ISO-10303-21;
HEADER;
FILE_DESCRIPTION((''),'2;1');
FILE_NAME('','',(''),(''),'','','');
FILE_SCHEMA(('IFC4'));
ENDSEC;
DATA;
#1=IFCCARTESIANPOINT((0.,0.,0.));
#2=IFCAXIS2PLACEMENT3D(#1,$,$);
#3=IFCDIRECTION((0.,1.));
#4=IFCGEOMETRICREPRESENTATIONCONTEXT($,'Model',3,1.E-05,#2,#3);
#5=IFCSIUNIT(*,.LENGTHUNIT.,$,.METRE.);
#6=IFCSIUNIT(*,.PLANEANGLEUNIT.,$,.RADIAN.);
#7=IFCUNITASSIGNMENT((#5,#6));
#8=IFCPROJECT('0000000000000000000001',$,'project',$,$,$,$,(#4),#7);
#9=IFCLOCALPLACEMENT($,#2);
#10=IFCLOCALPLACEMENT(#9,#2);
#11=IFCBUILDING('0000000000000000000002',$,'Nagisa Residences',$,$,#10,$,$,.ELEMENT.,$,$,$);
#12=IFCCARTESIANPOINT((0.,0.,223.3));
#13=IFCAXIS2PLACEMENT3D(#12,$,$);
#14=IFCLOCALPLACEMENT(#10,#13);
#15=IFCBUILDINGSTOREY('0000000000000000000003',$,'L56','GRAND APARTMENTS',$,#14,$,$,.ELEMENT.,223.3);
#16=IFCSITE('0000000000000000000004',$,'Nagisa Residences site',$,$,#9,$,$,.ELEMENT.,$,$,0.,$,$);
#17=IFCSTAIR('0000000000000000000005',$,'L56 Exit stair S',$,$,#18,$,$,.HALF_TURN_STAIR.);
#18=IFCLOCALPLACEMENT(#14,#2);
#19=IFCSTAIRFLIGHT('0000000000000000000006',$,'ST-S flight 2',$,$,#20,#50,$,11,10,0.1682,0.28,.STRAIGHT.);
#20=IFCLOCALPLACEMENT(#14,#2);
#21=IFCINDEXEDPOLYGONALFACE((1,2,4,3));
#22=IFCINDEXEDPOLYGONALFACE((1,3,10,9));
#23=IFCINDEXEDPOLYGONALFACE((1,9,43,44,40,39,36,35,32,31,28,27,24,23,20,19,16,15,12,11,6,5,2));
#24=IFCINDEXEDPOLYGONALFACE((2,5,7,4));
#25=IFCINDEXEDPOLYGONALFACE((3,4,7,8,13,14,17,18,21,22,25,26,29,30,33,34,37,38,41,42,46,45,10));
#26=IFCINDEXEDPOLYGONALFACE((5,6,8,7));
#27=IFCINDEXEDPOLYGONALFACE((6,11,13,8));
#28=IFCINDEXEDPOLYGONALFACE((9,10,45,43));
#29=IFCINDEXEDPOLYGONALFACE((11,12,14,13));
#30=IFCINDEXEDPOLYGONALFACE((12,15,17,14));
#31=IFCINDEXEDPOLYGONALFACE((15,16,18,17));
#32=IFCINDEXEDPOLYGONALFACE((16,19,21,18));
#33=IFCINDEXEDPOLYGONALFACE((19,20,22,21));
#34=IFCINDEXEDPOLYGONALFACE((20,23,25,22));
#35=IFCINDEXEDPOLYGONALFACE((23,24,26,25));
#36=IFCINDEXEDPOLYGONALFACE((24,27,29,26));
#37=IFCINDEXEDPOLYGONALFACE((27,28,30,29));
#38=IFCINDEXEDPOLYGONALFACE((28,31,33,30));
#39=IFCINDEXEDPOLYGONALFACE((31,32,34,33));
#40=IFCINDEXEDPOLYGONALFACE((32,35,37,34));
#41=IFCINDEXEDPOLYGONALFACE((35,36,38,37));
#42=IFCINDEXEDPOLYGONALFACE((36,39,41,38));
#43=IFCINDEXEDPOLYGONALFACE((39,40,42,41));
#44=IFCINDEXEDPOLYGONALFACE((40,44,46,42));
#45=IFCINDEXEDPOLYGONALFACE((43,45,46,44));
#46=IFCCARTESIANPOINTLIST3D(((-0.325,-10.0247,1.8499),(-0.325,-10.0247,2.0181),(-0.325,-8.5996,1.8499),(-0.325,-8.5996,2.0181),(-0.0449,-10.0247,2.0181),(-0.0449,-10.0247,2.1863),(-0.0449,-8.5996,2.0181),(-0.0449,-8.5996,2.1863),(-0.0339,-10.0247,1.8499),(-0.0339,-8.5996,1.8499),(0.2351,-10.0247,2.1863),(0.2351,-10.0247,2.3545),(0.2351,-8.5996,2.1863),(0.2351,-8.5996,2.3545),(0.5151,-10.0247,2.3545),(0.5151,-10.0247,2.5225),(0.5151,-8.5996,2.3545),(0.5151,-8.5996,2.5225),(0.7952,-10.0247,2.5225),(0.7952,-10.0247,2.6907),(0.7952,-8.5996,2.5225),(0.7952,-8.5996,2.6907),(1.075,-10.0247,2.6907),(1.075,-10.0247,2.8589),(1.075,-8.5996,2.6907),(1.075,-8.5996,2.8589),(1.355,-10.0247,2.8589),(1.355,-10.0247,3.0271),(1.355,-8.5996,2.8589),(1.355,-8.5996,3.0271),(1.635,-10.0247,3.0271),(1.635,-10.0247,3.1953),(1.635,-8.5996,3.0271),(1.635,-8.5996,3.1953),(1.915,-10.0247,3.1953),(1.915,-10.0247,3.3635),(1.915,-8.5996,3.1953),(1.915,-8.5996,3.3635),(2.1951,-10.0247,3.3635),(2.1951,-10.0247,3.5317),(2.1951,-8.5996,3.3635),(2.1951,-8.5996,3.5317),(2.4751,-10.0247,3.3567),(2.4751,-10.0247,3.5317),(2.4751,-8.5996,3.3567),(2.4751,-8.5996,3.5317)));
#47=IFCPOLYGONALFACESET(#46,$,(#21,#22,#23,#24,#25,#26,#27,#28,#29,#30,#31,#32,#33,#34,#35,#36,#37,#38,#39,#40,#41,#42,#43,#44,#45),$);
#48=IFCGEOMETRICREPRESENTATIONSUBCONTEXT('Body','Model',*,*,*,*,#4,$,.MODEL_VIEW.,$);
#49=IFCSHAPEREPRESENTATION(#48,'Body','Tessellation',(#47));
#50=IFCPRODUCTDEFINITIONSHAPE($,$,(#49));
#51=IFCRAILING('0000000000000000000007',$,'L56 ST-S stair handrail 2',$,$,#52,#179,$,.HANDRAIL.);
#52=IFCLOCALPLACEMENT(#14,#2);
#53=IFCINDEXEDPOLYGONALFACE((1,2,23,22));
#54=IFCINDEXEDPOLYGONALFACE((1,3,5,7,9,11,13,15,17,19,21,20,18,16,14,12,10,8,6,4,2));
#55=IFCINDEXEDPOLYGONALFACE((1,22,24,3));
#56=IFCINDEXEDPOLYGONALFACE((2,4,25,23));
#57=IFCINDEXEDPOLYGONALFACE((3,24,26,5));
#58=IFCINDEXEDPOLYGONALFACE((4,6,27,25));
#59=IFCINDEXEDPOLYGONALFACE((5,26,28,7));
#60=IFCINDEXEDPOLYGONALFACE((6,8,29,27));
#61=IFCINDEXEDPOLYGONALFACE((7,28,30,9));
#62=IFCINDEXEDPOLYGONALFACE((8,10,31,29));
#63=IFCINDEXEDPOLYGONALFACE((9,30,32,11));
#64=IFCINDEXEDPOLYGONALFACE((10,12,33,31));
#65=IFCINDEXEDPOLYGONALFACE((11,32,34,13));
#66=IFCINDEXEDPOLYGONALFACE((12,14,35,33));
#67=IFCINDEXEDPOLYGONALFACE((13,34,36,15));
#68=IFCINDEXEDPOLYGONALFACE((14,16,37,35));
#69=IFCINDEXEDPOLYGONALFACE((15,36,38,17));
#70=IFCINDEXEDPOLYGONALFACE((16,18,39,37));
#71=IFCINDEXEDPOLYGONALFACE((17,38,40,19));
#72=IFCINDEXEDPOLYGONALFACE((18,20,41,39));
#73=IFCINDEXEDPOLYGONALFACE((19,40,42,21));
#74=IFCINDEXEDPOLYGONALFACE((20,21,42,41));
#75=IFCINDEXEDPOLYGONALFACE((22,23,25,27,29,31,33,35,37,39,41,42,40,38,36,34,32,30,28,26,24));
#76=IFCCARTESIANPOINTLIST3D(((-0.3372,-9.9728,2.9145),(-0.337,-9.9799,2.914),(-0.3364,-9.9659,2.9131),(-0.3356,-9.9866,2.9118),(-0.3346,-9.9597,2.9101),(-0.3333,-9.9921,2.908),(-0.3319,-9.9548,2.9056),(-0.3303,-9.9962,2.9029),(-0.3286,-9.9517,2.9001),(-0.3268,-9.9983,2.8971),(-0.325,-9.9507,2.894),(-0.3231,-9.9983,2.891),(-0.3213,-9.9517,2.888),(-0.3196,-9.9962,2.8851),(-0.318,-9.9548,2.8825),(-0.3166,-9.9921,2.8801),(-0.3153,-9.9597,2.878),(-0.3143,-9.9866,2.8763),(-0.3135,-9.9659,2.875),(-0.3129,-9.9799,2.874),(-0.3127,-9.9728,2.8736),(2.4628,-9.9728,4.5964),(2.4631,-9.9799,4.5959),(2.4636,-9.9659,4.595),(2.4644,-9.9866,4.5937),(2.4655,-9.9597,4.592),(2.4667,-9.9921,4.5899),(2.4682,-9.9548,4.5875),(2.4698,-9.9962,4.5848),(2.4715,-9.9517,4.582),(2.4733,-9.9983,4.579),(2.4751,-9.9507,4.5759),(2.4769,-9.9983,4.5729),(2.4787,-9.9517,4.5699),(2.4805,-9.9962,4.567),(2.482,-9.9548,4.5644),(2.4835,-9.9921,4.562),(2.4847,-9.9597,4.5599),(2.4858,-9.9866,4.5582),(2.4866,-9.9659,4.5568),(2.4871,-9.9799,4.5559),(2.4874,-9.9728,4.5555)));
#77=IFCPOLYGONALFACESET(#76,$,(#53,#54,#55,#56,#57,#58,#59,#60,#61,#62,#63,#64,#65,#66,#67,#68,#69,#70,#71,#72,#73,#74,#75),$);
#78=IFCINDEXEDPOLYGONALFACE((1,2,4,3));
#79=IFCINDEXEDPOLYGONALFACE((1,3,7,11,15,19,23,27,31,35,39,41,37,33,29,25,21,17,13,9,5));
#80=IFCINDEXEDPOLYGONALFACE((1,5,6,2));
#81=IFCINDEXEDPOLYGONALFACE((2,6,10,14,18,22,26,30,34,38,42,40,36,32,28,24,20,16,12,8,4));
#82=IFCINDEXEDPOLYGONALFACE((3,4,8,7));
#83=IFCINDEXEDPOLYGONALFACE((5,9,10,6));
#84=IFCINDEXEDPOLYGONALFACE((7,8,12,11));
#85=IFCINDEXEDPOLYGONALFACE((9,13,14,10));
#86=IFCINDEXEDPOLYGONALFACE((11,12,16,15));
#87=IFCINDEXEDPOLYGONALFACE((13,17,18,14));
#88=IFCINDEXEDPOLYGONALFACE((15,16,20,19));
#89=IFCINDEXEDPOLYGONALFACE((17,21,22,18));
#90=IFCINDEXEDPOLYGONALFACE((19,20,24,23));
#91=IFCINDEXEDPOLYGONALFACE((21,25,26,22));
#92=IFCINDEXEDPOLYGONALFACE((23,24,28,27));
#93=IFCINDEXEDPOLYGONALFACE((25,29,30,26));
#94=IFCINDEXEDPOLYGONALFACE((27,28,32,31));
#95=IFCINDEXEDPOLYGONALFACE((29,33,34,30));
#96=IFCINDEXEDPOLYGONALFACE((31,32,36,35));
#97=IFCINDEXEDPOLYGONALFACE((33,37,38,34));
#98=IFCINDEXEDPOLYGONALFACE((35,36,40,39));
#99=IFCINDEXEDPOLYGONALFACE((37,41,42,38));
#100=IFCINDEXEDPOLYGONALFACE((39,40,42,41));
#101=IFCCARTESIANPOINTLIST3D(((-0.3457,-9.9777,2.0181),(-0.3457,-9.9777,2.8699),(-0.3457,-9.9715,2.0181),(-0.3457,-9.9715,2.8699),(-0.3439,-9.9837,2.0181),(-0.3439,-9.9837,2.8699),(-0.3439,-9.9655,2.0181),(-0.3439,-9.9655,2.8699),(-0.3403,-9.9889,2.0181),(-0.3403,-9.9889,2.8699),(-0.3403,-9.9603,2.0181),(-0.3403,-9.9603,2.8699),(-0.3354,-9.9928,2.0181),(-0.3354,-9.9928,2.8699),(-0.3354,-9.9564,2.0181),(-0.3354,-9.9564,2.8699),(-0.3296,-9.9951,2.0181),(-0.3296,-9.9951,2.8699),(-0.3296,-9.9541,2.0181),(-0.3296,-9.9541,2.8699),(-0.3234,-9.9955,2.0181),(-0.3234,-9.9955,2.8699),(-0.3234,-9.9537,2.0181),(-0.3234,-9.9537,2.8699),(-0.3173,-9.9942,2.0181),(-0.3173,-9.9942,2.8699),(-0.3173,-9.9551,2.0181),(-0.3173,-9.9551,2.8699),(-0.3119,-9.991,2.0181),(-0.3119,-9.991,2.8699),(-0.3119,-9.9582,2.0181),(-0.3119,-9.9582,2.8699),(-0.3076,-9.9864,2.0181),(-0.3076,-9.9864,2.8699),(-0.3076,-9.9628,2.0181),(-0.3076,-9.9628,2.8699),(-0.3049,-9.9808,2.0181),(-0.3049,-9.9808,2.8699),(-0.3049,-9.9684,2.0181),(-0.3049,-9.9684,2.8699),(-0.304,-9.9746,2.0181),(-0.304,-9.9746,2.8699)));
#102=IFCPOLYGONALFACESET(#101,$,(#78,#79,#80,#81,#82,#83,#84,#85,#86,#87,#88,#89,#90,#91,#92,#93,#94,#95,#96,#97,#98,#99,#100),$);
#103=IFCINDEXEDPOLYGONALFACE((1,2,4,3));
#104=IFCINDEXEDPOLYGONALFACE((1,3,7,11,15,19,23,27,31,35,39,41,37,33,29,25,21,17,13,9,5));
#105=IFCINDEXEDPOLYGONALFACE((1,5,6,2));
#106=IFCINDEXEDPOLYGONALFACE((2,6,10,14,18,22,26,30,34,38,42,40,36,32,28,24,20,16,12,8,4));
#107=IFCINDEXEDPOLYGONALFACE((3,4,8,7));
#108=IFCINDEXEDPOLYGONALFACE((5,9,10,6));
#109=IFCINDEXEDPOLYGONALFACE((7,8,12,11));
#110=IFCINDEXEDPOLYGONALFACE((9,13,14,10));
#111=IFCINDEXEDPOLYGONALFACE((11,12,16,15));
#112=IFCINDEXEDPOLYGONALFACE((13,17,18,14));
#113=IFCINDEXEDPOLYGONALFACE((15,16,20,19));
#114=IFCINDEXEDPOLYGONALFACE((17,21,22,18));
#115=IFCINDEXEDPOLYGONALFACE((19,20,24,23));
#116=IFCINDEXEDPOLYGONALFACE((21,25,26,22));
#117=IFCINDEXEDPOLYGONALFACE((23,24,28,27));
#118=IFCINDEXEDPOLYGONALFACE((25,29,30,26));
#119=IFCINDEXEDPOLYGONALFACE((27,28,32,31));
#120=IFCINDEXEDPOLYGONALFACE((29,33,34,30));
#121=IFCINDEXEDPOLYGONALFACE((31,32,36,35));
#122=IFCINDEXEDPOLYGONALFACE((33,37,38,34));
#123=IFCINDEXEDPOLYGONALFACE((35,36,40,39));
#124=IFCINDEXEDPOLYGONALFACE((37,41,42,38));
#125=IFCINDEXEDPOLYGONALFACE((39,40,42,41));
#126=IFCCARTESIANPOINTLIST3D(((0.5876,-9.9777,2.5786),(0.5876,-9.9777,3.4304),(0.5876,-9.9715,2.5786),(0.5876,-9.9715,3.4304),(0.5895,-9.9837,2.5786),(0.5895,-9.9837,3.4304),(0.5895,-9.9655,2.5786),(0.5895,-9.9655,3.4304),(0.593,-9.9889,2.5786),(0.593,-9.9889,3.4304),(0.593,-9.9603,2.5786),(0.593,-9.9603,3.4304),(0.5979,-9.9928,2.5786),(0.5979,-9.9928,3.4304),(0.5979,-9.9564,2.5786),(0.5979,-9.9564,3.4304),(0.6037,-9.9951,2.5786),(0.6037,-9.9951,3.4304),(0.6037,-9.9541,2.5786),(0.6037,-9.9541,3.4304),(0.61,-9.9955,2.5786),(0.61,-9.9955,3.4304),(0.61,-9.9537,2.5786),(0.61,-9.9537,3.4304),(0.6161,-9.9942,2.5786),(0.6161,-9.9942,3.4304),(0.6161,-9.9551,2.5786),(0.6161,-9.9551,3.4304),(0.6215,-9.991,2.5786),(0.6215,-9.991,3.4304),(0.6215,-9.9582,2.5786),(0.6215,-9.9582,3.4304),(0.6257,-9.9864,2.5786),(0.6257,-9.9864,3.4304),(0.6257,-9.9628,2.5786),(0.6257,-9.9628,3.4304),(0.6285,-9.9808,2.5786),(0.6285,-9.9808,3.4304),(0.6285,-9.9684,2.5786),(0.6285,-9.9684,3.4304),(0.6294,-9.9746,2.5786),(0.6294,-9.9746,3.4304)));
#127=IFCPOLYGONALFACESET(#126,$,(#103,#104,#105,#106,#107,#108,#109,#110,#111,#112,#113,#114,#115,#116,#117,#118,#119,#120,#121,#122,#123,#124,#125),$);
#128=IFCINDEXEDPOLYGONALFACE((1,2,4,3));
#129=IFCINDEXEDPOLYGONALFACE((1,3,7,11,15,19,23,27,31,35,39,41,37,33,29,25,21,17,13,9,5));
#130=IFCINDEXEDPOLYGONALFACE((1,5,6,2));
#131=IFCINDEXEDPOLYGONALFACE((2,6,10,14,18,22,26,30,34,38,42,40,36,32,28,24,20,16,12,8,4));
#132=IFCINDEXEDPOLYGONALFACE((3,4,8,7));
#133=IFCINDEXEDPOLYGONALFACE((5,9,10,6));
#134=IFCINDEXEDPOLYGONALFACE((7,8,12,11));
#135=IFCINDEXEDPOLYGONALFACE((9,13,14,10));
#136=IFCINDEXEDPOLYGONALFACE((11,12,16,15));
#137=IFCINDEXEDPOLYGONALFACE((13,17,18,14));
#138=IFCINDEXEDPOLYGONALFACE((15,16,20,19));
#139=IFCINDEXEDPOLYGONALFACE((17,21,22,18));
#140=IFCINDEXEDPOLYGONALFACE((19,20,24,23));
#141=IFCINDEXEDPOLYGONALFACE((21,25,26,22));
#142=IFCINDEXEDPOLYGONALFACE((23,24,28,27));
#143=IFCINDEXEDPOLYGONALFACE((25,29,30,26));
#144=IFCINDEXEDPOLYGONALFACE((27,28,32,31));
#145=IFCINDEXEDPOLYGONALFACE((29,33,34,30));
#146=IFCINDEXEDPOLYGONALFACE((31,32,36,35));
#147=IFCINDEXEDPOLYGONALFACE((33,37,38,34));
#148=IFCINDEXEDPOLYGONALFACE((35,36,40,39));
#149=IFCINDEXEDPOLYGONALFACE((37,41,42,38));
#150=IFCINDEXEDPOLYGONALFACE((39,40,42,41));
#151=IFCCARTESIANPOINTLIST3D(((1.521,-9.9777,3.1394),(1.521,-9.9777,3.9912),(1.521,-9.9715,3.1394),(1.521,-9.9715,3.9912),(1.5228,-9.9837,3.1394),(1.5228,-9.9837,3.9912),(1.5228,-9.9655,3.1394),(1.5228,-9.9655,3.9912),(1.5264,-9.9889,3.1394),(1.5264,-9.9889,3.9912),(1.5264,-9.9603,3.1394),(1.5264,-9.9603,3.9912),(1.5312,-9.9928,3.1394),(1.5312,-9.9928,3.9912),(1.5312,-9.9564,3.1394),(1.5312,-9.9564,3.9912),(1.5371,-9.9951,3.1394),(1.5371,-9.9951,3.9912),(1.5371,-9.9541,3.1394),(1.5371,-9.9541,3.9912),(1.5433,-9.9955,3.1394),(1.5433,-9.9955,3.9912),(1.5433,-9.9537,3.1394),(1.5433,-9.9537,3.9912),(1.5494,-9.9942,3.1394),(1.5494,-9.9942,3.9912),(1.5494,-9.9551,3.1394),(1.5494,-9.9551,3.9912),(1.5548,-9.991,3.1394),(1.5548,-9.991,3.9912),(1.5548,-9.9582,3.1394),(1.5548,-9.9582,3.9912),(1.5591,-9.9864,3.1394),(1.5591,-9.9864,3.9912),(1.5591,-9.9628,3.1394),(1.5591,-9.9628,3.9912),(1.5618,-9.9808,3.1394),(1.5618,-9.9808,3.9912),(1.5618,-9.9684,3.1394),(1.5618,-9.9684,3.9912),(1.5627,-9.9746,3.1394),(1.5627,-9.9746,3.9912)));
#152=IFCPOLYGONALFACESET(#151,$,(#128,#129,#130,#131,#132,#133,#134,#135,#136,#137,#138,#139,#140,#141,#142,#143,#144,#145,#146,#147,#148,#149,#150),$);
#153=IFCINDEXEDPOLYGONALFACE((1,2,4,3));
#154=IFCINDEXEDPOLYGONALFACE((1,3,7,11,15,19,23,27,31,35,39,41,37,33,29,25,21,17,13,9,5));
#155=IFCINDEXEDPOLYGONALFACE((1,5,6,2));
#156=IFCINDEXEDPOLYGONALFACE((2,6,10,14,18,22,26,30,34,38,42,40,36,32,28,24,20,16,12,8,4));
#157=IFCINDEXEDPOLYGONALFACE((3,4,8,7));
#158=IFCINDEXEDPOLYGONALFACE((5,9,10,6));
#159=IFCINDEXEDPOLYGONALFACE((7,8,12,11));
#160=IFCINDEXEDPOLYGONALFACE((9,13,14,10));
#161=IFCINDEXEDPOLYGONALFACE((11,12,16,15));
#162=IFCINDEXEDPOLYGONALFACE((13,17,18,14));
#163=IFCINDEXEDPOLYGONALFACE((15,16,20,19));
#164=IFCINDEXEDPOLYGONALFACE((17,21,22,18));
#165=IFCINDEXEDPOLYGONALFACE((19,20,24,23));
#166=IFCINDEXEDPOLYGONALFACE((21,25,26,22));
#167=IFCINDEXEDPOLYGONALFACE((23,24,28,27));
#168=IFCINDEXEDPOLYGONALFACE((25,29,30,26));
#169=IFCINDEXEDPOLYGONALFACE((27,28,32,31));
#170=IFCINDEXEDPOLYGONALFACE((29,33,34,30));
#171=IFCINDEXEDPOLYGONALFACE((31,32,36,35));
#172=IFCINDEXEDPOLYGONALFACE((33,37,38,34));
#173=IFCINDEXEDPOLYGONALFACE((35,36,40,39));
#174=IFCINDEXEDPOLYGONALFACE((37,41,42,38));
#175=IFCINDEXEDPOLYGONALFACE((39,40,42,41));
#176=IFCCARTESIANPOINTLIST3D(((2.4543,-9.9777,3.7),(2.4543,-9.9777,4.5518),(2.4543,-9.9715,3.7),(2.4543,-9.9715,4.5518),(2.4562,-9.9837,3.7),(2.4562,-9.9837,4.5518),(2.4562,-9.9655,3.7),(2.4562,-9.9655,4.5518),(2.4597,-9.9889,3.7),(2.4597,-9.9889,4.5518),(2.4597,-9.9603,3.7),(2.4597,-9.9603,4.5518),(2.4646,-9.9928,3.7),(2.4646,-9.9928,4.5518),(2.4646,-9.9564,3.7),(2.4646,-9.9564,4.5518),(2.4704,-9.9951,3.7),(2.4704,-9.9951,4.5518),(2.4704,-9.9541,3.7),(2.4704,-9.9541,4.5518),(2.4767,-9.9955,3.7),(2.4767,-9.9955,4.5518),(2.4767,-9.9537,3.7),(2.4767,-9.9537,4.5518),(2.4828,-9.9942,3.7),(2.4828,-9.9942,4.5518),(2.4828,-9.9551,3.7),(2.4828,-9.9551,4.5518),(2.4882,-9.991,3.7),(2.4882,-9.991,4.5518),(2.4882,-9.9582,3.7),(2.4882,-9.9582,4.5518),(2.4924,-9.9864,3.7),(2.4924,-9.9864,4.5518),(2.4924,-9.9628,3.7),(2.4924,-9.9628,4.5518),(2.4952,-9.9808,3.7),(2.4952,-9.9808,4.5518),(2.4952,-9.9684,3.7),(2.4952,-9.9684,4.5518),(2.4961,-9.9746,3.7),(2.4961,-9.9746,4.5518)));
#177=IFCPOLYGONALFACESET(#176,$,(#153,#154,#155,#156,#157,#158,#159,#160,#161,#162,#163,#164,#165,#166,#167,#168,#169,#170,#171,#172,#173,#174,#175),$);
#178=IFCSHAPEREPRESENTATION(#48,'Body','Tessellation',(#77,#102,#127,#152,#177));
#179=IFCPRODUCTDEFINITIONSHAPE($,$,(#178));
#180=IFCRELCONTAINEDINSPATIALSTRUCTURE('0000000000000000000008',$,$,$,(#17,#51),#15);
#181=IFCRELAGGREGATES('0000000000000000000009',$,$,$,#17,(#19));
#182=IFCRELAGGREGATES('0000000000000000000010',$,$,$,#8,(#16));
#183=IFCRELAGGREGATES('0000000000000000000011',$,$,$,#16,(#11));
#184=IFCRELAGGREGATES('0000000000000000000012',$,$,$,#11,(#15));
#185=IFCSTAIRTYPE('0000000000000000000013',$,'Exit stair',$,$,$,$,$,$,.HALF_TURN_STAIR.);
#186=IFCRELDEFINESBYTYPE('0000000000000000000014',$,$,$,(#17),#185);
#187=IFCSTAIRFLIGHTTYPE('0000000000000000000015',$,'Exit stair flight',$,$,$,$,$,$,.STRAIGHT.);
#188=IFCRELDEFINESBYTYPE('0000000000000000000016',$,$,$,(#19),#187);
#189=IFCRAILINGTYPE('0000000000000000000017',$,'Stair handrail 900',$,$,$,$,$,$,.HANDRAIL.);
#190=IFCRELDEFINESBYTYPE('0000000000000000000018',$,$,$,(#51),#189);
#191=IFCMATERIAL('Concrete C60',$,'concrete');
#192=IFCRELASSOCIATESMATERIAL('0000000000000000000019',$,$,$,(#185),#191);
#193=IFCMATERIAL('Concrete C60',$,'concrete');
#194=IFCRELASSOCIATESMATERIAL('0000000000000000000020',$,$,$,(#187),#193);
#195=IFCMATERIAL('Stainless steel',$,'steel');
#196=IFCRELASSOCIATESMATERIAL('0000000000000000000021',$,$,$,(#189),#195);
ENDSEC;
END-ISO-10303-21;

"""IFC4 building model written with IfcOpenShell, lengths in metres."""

from ifc_helpers import new_model, si_unit, direction, frame, origin, origin_2d, place, context, subcontext, project, spatial, polyline, circle, outline, extrude, material, type_object, element, aggregate, save


model = new_model("IFC4")

# Units and contexts
model_context = context("Model", 3, precision=1e-05, world=origin(), true_north=direction((0.0, 1.0)))
body_context = subcontext(model_context, "Body", "Model", "MODEL_VIEW")
ifc_project = project(units=[si_unit("LENGTHUNIT", "METRE"), si_unit("PLANEANGLEUNIT", "RADIAN")], contexts=[model_context])

# Site, building, storey
site_placement = place(None, origin())
site = spatial("IfcSite", under=ifc_project, at=site_placement, Name="Nagisa Residences site", CompositionType="ELEMENT", RefElevation=0.0)
building_placement = place(site_placement, origin())
building = spatial("IfcBuilding", under=site, at=building_placement, Name="Nagisa Residences", CompositionType="ELEMENT")
storey_placement = place(building_placement, frame((0.0, 0.0, 223.3)))
storey = spatial("IfcBuildingStorey", under=building, at=storey_placement, Name="L56", Description="GRAND APARTMENTS", CompositionType="ELEMENT", Elevation=223.3)

# Stair, stair flight
ifc_material_1 = material(Name="Concrete C60", Category="concrete")
stair_type = type_object("IfcStairType", Name="Exit stair", PredefinedType="HALF_TURN_STAIR", material=ifc_material_1)
stair_placement = place(storey_placement, origin())
stair = element("IfcStair", 1, at=stair_placement, inside=storey, type_object=stair_type, Name="L56 Exit stair S", PredefinedType="HALF_TURN_STAIR")
ifc_material_2 = material(Name="Concrete C60", Category="concrete")
stair_flight_type = type_object("IfcStairFlightType", Name="Exit stair flight", PredefinedType="STRAIGHT", material=ifc_material_2)
stair_flight_placement = place(storey_placement, frame((-0.325, -9.312, 1.8499), z_axis=(0.0, 0.0, 1.0), x_axis=(1.0, 0.0, 0.0)))
stair_flight = element("IfcStairFlight", 2, at=stair_flight_placement, type_object=stair_flight_type, Name="ST-S flight 2", NumberOfRisers=11, NumberOfTreads=10, PredefinedType="STRAIGHT", RiserHeight=0.1682, TreadLength=0.28, context=body_context, shape_type="SweptSolid", body=[
    extrude(outline(polyline([(0.0, 0.0), (0.0, 0.1682), (0.28, 0.1682), (0.28, 0.3364), (0.5601, 0.3364), (0.5601, 0.5046), (0.8401, 0.5046), (0.8401, 0.6726), (1.1201, 0.6726), (1.1201, 0.8408), (1.3999, 0.8408), (1.3999, 1.009), (1.6799, 1.009), (1.6799, 1.1772), (1.96, 1.1772), (1.96, 1.3455), (2.24, 1.3455), (2.24, 1.5137), (2.52, 1.5137), (2.52, 1.6819), (2.8, 1.6819), (2.8, 1.8501), (2.8, 1.5068), (0.291, 0.0), (0.0, 0.0)])), frame((0.0, 0.7124, 0.0), z_axis=(0.0, -1.0, 0.0), x_axis=(1.0, 0.0, 0.0)), (0.0, 0.0, 1.0), 1.425),
])
aggregate(stair, [stair_flight])

# Railing
ifc_material_3 = material(Name="Stainless steel", Category="steel")
railing_type = type_object("IfcRailingType", Name="Stair handrail 900", PredefinedType="HANDRAIL", material=ifc_material_3)
railing_placement = place(storey_placement, frame((-0.325, -9.9746, 2.0181)))
element("IfcRailing", 3, at=railing_placement, inside=storey, type_object=railing_type, Name="L56 ST-S stair handrail 2", PredefinedType="HANDRAIL", context=body_context, shape_type="SweptSolid", body=[
    extrude(circle(Radius=0.0239, at=origin_2d()), frame((0.0, 0.0, 0.876), z_axis=(0.857242, 0.0, 0.514913), x_axis=(0.0, 1.0, 0.0)), (0.0, 0.0, 1.0), 3.2664),
    extrude(circle(Radius=0.021, at=origin_2d()), origin(), (0.0, 0.0, 1.0), 0.8518),
    extrude(circle(Radius=0.021, at=origin_2d()), frame((0.9333, 0.0, 0.5605)), (0.0, 0.0, 1.0), 0.8518),
    extrude(circle(Radius=0.021, at=origin_2d()), frame((1.8667, 0.0, 1.1213)), (0.0, 0.0, 1.0), 0.8518),
    extrude(circle(Radius=0.021, at=origin_2d()), frame((2.8, 0.0, 1.6819)), (0.0, 0.0, 1.0), 0.8518),
])

save(model, "model.ifc")
